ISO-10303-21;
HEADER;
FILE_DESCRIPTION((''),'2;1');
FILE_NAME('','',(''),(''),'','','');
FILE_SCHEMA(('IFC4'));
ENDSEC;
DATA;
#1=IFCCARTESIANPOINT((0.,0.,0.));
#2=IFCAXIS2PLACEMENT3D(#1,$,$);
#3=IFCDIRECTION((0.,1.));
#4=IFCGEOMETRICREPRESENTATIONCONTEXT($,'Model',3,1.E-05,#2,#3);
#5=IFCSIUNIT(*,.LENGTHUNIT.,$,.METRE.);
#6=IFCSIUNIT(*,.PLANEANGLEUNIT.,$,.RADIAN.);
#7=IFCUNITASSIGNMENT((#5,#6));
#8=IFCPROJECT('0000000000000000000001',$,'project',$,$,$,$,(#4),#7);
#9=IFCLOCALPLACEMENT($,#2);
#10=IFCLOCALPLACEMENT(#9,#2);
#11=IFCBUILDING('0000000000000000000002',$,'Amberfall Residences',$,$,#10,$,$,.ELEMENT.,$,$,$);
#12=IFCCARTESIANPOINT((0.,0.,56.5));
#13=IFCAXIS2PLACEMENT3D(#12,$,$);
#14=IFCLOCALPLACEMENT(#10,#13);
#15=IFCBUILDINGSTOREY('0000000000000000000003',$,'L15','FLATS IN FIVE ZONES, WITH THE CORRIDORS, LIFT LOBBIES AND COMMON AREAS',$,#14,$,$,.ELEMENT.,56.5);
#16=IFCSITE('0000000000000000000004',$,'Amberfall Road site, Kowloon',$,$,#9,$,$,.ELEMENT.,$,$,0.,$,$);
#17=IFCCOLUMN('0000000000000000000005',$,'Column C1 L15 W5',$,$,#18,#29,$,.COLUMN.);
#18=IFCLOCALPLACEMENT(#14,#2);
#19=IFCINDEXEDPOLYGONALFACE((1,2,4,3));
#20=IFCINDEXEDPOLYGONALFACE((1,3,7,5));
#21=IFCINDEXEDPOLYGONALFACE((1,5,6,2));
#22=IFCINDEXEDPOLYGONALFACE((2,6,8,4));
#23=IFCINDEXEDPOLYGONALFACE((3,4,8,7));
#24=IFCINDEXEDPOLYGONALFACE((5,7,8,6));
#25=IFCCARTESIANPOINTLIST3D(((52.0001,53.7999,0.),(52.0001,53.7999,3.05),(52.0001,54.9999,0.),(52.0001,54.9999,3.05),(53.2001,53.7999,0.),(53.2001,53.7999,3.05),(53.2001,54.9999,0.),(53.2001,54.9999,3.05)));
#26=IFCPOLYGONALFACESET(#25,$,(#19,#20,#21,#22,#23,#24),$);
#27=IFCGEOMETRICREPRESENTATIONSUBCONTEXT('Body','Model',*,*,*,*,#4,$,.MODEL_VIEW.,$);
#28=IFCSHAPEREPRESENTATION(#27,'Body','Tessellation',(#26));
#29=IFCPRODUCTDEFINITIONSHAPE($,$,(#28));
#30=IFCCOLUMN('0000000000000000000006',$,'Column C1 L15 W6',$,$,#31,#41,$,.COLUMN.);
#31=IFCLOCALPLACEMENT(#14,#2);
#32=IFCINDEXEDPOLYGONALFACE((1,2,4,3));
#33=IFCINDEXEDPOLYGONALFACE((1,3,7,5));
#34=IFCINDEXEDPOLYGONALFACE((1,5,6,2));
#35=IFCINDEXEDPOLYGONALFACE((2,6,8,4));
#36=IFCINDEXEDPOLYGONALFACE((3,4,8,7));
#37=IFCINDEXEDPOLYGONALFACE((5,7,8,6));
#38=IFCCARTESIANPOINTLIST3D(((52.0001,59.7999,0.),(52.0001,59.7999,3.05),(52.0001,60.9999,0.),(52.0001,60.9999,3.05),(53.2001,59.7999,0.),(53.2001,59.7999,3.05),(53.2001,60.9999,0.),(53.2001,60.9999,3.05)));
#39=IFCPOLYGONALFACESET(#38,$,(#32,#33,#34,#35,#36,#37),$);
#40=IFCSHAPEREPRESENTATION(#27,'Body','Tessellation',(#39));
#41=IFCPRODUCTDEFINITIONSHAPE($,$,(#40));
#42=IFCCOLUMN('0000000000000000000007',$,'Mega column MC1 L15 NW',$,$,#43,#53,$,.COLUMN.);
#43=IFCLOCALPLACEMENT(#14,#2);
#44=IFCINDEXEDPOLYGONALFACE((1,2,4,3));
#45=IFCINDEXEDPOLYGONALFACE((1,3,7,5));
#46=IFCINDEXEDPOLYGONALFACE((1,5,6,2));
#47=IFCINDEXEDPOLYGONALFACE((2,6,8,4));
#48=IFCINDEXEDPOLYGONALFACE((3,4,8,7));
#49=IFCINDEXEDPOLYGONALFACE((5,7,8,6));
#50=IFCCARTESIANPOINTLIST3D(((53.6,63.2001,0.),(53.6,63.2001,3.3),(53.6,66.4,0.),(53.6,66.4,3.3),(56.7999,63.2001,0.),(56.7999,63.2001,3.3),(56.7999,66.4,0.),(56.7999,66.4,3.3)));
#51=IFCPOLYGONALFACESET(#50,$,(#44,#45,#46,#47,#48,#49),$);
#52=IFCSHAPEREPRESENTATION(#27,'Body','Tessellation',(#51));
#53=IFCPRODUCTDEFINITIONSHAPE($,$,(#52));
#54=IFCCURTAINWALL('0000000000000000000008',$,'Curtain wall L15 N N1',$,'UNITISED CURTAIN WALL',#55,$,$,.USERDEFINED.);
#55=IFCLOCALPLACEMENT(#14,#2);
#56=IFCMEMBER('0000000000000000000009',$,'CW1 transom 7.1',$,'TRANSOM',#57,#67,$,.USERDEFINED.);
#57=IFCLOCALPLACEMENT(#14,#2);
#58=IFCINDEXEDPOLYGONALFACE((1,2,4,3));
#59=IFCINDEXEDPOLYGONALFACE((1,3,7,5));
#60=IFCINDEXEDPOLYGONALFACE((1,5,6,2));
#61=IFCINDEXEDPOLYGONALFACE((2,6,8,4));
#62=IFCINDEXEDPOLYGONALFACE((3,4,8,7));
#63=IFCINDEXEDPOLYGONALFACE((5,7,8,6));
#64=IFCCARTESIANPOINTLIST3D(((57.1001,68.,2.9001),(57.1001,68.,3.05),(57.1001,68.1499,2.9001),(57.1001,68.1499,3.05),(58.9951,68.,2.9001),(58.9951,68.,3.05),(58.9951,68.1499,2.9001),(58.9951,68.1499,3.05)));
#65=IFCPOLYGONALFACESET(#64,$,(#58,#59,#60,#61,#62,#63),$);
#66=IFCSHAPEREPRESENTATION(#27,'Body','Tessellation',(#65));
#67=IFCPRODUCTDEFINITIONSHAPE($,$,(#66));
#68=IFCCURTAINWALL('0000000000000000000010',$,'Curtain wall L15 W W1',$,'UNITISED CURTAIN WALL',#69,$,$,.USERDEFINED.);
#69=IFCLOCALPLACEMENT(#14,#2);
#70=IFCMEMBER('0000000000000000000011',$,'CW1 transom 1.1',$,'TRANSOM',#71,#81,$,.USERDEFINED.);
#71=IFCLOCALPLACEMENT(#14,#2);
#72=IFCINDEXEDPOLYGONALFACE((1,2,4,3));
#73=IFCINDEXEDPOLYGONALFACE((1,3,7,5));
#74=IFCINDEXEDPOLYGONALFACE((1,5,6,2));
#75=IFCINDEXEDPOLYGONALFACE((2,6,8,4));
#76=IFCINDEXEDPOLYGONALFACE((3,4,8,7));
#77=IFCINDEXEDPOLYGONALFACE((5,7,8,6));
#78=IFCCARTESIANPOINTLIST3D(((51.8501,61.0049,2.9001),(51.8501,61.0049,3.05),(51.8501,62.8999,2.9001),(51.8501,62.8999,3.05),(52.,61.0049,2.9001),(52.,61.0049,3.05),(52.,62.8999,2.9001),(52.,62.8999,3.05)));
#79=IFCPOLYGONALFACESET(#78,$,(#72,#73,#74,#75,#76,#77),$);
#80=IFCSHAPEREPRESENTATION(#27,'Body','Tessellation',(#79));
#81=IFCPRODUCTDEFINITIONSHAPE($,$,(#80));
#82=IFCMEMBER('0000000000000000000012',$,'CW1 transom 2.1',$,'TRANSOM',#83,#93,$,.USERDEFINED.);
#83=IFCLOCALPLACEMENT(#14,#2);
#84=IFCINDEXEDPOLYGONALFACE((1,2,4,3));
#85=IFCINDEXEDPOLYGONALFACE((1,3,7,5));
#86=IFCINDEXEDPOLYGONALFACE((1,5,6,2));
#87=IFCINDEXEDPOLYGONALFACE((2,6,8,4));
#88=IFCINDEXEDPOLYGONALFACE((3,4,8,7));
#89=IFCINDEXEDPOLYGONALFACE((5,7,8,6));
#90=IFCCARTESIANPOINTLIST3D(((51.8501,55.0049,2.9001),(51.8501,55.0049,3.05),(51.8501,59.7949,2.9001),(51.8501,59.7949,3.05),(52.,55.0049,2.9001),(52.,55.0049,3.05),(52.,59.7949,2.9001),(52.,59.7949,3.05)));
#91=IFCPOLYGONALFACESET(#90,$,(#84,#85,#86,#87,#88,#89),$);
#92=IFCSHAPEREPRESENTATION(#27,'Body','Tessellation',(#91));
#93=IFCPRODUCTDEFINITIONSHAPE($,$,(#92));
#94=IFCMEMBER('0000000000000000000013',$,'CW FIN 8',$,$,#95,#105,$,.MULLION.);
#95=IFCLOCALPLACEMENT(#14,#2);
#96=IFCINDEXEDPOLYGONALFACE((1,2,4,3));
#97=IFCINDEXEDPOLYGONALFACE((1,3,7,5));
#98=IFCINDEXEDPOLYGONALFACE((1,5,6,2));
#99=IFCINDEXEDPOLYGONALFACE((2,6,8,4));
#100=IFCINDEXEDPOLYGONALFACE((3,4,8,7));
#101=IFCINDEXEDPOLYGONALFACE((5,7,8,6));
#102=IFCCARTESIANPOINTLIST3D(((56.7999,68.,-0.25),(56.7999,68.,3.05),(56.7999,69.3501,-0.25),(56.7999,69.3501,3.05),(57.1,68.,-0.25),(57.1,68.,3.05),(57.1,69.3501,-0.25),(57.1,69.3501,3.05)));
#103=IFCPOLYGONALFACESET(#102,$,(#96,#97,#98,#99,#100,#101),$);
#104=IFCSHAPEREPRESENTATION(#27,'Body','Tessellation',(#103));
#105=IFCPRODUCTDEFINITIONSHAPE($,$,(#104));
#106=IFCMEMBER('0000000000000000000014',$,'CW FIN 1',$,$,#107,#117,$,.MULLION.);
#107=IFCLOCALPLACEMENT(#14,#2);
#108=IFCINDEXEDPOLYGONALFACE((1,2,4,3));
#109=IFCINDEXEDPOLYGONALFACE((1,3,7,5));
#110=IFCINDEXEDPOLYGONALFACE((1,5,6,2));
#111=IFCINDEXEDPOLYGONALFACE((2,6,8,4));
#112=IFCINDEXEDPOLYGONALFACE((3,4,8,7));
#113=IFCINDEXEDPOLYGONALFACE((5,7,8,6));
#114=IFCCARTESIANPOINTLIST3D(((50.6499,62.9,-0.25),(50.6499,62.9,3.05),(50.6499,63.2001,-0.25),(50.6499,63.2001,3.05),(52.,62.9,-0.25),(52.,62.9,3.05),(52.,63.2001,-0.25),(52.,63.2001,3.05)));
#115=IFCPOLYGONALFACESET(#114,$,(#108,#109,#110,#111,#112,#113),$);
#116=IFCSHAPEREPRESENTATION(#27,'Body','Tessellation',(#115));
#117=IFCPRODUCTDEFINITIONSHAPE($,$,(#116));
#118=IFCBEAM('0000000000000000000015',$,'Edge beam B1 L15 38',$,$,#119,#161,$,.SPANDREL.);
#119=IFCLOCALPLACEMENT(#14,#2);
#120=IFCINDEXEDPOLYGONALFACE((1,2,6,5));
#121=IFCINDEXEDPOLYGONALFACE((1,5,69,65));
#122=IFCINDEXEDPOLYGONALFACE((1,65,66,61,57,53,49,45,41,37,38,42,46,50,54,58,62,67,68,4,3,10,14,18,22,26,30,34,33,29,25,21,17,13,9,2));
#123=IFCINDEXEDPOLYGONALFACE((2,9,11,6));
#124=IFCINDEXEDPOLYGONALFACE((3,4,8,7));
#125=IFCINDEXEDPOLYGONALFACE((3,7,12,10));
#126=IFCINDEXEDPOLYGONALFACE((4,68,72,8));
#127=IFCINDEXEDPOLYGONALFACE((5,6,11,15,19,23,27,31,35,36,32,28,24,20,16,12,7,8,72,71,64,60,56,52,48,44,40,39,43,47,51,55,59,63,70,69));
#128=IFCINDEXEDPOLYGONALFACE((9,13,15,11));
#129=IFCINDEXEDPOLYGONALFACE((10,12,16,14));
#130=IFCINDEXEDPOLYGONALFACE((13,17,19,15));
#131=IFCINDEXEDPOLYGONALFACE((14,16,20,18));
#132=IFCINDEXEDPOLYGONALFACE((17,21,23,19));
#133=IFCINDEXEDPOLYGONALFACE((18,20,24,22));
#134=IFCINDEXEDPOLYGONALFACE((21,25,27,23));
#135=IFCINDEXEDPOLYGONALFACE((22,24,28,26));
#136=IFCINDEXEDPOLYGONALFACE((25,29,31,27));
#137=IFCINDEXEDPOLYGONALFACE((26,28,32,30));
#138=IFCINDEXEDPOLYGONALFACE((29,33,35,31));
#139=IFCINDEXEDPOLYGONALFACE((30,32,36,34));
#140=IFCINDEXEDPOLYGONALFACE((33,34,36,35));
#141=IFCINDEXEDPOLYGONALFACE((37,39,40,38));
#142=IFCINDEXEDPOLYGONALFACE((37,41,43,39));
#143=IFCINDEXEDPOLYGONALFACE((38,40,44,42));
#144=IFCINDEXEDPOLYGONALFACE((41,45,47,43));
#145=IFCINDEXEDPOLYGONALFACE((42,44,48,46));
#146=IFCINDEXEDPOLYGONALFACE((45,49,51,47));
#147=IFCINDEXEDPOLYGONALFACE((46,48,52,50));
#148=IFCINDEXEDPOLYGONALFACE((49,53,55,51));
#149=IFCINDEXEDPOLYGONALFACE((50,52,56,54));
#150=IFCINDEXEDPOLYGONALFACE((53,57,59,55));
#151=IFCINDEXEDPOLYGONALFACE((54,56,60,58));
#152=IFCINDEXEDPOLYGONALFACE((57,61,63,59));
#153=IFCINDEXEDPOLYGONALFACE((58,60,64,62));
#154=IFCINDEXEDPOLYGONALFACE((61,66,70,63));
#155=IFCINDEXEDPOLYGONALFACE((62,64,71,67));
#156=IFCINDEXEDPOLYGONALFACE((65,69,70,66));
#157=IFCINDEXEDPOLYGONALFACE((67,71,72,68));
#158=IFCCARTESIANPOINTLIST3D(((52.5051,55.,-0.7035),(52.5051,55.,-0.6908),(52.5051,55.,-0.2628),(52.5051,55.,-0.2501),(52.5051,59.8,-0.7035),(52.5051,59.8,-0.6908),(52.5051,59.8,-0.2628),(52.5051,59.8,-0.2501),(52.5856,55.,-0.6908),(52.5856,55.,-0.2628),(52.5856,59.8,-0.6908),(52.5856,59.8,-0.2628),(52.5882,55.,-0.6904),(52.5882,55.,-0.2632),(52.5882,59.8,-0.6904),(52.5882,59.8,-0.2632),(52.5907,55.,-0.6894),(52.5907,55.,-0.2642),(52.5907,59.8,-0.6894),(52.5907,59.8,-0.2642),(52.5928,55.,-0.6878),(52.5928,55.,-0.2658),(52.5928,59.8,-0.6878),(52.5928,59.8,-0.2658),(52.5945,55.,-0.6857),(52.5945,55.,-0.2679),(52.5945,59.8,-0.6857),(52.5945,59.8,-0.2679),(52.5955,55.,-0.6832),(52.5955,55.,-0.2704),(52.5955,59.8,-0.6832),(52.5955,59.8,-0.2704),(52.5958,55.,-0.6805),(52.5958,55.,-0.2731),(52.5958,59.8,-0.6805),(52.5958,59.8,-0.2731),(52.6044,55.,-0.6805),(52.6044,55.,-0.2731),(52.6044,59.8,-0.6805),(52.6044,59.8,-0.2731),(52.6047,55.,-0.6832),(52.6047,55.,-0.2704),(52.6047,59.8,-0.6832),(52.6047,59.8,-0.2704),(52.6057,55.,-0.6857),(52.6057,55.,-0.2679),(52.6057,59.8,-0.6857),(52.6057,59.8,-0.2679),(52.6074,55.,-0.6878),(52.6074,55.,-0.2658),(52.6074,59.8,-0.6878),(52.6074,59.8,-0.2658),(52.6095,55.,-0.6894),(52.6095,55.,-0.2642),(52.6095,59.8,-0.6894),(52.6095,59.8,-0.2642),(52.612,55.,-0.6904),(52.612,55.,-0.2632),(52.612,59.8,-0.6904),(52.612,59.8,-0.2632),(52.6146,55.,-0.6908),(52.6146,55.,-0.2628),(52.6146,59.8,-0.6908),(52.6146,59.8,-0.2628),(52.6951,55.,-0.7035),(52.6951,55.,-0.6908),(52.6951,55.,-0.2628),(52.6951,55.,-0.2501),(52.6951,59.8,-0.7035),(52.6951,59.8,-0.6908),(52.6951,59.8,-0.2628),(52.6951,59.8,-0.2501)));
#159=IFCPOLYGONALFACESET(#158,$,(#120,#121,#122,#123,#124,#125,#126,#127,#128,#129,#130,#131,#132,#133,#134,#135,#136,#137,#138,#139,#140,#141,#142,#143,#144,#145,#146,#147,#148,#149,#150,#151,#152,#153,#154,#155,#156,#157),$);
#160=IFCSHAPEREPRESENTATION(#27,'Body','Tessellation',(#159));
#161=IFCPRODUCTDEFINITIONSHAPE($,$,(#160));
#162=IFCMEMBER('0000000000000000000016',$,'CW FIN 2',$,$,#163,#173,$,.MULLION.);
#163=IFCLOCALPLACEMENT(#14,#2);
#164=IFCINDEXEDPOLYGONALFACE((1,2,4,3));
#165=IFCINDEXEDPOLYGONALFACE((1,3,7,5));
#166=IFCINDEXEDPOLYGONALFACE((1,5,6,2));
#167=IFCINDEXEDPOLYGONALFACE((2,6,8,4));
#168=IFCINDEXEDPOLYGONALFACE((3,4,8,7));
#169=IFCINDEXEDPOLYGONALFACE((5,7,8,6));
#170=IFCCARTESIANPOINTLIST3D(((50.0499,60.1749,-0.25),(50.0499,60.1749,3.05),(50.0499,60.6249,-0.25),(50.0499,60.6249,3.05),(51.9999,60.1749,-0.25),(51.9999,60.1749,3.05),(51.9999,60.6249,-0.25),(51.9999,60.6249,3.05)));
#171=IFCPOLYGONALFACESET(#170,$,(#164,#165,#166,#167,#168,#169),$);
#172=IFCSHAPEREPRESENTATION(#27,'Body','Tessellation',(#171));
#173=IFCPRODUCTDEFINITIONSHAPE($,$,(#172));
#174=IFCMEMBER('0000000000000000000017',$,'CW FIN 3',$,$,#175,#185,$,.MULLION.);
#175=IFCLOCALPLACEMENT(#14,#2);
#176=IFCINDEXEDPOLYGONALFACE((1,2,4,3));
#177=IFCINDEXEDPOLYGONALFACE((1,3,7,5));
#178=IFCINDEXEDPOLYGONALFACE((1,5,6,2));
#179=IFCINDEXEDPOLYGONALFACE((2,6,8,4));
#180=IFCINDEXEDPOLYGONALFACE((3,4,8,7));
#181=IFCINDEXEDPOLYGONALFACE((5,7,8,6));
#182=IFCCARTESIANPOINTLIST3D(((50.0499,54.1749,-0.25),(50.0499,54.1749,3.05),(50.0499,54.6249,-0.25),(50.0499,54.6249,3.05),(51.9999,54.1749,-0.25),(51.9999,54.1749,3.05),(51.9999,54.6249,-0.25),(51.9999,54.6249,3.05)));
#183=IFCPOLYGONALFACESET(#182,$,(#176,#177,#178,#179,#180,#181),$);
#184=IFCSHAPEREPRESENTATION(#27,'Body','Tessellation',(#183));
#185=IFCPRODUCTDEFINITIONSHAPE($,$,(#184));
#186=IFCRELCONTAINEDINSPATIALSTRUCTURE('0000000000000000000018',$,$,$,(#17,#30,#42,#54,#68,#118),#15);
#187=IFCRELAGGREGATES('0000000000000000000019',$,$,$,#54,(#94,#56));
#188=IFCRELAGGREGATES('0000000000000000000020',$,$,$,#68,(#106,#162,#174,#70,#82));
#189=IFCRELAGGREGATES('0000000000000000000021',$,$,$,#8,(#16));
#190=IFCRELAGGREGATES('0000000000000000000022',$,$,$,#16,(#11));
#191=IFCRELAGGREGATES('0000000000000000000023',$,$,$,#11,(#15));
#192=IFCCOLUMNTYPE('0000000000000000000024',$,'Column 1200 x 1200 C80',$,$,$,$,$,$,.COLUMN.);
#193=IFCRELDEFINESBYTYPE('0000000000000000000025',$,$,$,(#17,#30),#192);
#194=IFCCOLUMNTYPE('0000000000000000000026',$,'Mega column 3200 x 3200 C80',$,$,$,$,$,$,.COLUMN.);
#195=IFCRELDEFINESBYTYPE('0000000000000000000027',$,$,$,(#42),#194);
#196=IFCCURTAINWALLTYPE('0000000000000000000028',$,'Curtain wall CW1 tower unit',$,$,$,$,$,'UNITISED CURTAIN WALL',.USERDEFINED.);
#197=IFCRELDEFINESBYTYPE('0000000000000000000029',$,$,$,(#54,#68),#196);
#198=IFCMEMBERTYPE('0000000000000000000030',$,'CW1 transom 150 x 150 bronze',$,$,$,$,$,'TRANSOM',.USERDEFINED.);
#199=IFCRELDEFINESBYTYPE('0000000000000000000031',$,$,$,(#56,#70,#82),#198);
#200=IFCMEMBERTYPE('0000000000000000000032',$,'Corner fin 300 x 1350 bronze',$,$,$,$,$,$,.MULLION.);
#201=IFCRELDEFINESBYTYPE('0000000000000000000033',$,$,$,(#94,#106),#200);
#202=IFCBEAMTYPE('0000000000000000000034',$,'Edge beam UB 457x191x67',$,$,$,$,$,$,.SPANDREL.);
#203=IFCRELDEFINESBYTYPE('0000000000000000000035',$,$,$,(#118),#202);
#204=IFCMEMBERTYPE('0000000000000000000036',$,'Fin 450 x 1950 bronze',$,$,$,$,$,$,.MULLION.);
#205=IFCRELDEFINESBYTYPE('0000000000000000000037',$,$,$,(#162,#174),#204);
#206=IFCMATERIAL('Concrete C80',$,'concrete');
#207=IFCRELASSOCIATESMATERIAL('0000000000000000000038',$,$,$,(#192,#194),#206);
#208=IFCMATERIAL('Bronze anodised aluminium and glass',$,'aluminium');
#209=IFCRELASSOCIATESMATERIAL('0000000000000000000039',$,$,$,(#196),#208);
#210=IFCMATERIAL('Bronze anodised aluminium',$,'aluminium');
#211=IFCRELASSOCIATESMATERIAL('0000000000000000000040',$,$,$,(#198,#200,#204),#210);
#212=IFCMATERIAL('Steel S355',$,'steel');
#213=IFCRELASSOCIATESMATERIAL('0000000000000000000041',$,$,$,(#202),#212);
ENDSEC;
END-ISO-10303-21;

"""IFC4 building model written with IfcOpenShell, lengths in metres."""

from ifc_helpers import new_model, si_unit, direction, frame, origin, origin_2d, place, context, subcontext, project, spatial, rectangle, i_section, extrude, material, material_profile, profile_set, type_object, element, aggregate, save


model = new_model("IFC4")

# Units and contexts
model_context = context("Model", 3, precision=1e-05, world=origin(), true_north=direction((0.0, 1.0)))
body_context = subcontext(model_context, "Body", "Model", "MODEL_VIEW")
ifc_project = project(units=[si_unit("LENGTHUNIT", "METRE"), si_unit("PLANEANGLEUNIT", "RADIAN")], contexts=[model_context])

# Site, building, storey
site_placement = place(None, origin())
site = spatial("IfcSite", under=ifc_project, at=site_placement, Name="Amberfall Road site, Kowloon", CompositionType="ELEMENT", RefElevation=0.0)
building_placement = place(site_placement, origin())
building = spatial("IfcBuilding", under=site, at=building_placement, Name="Amberfall Residences", CompositionType="ELEMENT")
storey_placement = place(building_placement, frame((0.0, 0.0, 56.5)))
storey = spatial("IfcBuildingStorey", under=building, at=storey_placement, Name="L15", Description="FLATS IN FIVE ZONES, WITH THE CORRIDORS, LIFT LOBBIES AND COMMON AREAS", CompositionType="ELEMENT", Elevation=56.5)

# Columns
ifc_material_1 = material(Name="Concrete C80", Category="concrete")
ifc_material_profile_1 = material_profile(ifc_material_1, rectangle(XDim=1.2, YDim=1.2, at=origin_2d()), Name="Column 1200 x 1200 C80")
ifc_profile_set_1 = profile_set([ifc_material_profile_1], Name="Concrete C80")
column_type_1 = type_object("IfcColumnType", Name="Column 1200 x 1200 C80", PredefinedType="COLUMN", material=ifc_profile_set_1)
for number, where, z_axis, x_axis, name in (
    (1, (52.6001, 54.3999, 0.0), (0.0, 0.0, 1.0), (1.0, 0.0, 0.0), "Column C1 L15 W5"),
    (2, (52.6001, 60.3999, 0.0), (0.0, 0.0, 1.0), (1.0, 0.0, 0.0), "Column C1 L15 W6"),
):
    element("IfcColumn", number, at=place(storey_placement, frame(where, z_axis=z_axis, x_axis=x_axis)), inside=storey, type_object=column_type_1, Name=name, PredefinedType="COLUMN", context=body_context, shape_type="SweptSolid", body=[
        extrude(rectangle(XDim=1.2, YDim=1.2, at=origin_2d()), origin(), (0.0, 0.0, 1.0), 3.05),
    ])
ifc_material_profile_2 = material_profile(ifc_material_1, rectangle(XDim=3.2, YDim=3.2, at=origin_2d()), Name="Mega column 3200 x 3200 C80")
ifc_profile_set_2 = profile_set([ifc_material_profile_2], Name="Concrete C80")
column_type_2 = type_object("IfcColumnType", Name="Mega column 3200 x 3200 C80", PredefinedType="COLUMN", material=ifc_profile_set_2)
column_placement = place(storey_placement, frame((55.2, 64.8, 0.0), z_axis=(0.0, 0.0, 1.0), x_axis=(1.0, 0.0, 0.0)))
element("IfcColumn", 3, at=column_placement, inside=storey, type_object=column_type_2, Name="Mega column MC1 L15 NW", PredefinedType="COLUMN", context=body_context, shape_type="SweptSolid", body=[
    extrude(rectangle(XDim=3.2, YDim=3.2, at=origin_2d()), origin(), (0.0, 0.0, 1.0), 3.3),
])

# Curtain wall, member
ifc_material_2 = material(Name="Bronze anodised aluminium and glass", Category="aluminium")
curtain_wall_type = type_object("IfcCurtainWallType", Name="Curtain wall CW1 tower unit", ElementType="UNITISED CURTAIN WALL", PredefinedType="USERDEFINED", material=ifc_material_2)
curtain_wall_1_placement = place(storey_placement, origin())
curtain_wall_1 = element("IfcCurtainWall", 4, at=curtain_wall_1_placement, inside=storey, type_object=curtain_wall_type, Name="Curtain wall L15 N N1", ObjectType="UNITISED CURTAIN WALL", PredefinedType="USERDEFINED")
ifc_material_3 = material(Name="Bronze anodised aluminium", Category="aluminium")
ifc_material_profile_3 = material_profile(ifc_material_3, rectangle(XDim=0.1499, YDim=0.1499, at=origin_2d()), Name="CW1 transom 150 x 150 bronze")
ifc_profile_set_3 = profile_set([ifc_material_profile_3], Name="Bronze anodised aluminium")
member_type_1 = type_object("IfcMemberType", Name="CW1 transom 150 x 150 bronze", ElementType="TRANSOM", PredefinedType="USERDEFINED", material=ifc_profile_set_3)
member_1_placement = place(storey_placement, frame((58.9951, 68.075, 2.9751), z_axis=(-1.0, 0.0, 0.0), x_axis=(0.0, -1.0, 0.0)))
member_1 = element("IfcMember", 5, at=member_1_placement, type_object=member_type_1, Name="CW1 transom 7.1", ObjectType="TRANSOM", PredefinedType="USERDEFINED", context=body_context, shape_type="SweptSolid", body=[
    extrude(rectangle(XDim=0.1499, YDim=0.1499, at=origin_2d()), origin(), (0.0, 0.0, 1.0), 1.895),
])

# Curtain wall, members
curtain_wall_2_placement = place(storey_placement, origin())
curtain_wall_2 = element("IfcCurtainWall", 6, at=curtain_wall_2_placement, inside=storey, type_object=curtain_wall_type, Name="Curtain wall L15 W W1", ObjectType="UNITISED CURTAIN WALL", PredefinedType="USERDEFINED")
member_2_placement = place(storey_placement, frame((51.925, 62.8999, 2.9751), z_axis=(0.0, -1.0, 0.0), x_axis=(1.0, 0.0, 0.0)))
member_2 = element("IfcMember", 7, at=member_2_placement, type_object=member_type_1, Name="CW1 transom 1.1", ObjectType="TRANSOM", PredefinedType="USERDEFINED", context=body_context, shape_type="SweptSolid", body=[
    extrude(rectangle(XDim=0.1499, YDim=0.1499, at=origin_2d()), origin(), (0.0, 0.0, 1.0), 1.895),
])
member_3_placement = place(storey_placement, frame((51.925, 59.7949, 2.9751), z_axis=(0.0, -1.0, 0.0), x_axis=(1.0, 0.0, 0.0)))
member_3 = element("IfcMember", 8, at=member_3_placement, type_object=member_type_1, Name="CW1 transom 2.1", ObjectType="TRANSOM", PredefinedType="USERDEFINED", context=body_context, shape_type="SweptSolid", body=[
    extrude(rectangle(XDim=0.1499, YDim=0.1499, at=origin_2d()), origin(), (0.0, 0.0, 1.0), 4.79),
])

# Members
ifc_material_profile_4 = material_profile(ifc_material_3, rectangle(XDim=1.3501, YDim=0.3, at=origin_2d()), Name="Corner fin 300 x 1350 bronze")
ifc_profile_set_4 = profile_set([ifc_material_profile_4], Name="Bronze anodised aluminium")
member_type_2 = type_object("IfcMemberType", Name="Corner fin 300 x 1350 bronze", PredefinedType="MULLION", material=ifc_profile_set_4)
member_4_placement = place(storey_placement, frame((56.95, 68.675, -0.25), z_axis=(0.0, 0.0, 1.0), x_axis=(0.0, -1.0, 0.0)))
member_4 = element("IfcMember", 9, at=member_4_placement, type_object=member_type_2, Name="CW FIN 8", PredefinedType="MULLION", context=body_context, shape_type="SweptSolid", body=[
    extrude(rectangle(XDim=1.3501, YDim=0.3, at=origin_2d()), origin(), (0.0, 0.0, 1.0), 3.3),
])
member_5_placement = place(storey_placement, frame((51.325, 63.05, -0.25), z_axis=(0.0, 0.0, 1.0), x_axis=(1.0, 0.0, 0.0)))
member_5 = element("IfcMember", 10, at=member_5_placement, type_object=member_type_2, Name="CW FIN 1", PredefinedType="MULLION", context=body_context, shape_type="SweptSolid", body=[
    extrude(rectangle(XDim=1.3501, YDim=0.3, at=origin_2d()), origin(), (0.0, 0.0, 1.0), 3.3),
])

# Beam
ifc_material_4 = material(Name="Steel S355", Category="steel")
ifc_material_profile_5 = material_profile(ifc_material_4, i_section(OverallWidth=0.1899, OverallDepth=0.4534, WebThickness=0.0085, FlangeThickness=0.0127, FilletRadius=0.0103, at=origin_2d()), Name="UB 457x191x67")
ifc_profile_set_5 = profile_set([ifc_material_profile_5], Name="Steel S355")
beam_type_1 = type_object("IfcBeamType", Name="Edge beam UB 457x191x67", PredefinedType="SPANDREL", material=ifc_profile_set_5)
beam_1_placement = place(storey_placement, frame((52.6001, 55.0, -0.4768), z_axis=(0.0, 1.0, 0.0), x_axis=(-1.0, 0.0, 0.0)))
element("IfcBeam", 11, at=beam_1_placement, inside=storey, type_object=beam_type_1, Name="Edge beam B1 L15 38", PredefinedType="SPANDREL", context=body_context, shape_type="SweptSolid", body=[
    extrude(i_section(OverallWidth=0.1899, OverallDepth=0.4534, WebThickness=0.0085, FlangeThickness=0.0127, FilletRadius=0.0103, at=origin_2d()), origin(), (0.0, 0.0, 1.0), 4.8),
])

# Members
ifc_material_profile_6 = material_profile(ifc_material_3, rectangle(XDim=1.95, YDim=0.45, at=origin_2d()), Name="Fin 450 x 1950 bronze")
ifc_profile_set_6 = profile_set([ifc_material_profile_6], Name="Bronze anodised aluminium")
member_type_3 = type_object("IfcMemberType", Name="Fin 450 x 1950 bronze", PredefinedType="MULLION", material=ifc_profile_set_6)
member_6_placement = place(storey_placement, frame((51.0249, 60.3999, -0.25), z_axis=(0.0, 0.0, 1.0), x_axis=(1.0, 0.0, 0.0)))
member_6 = element("IfcMember", 12, at=member_6_placement, type_object=member_type_3, Name="CW FIN 2", PredefinedType="MULLION", context=body_context, shape_type="SweptSolid", body=[
    extrude(rectangle(XDim=1.95, YDim=0.45, at=origin_2d()), origin(), (0.0, 0.0, 1.0), 3.3),
])
member_7_placement = place(storey_placement, frame((51.0249, 54.3999, -0.25), z_axis=(0.0, 0.0, 1.0), x_axis=(1.0, 0.0, 0.0)))
member_7 = element("IfcMember", 13, at=member_7_placement, type_object=member_type_3, Name="CW FIN 3", PredefinedType="MULLION", context=body_context, shape_type="SweptSolid", body=[
    extrude(rectangle(XDim=1.95, YDim=0.45, at=origin_2d()), origin(), (0.0, 0.0, 1.0), 3.3),
])

aggregate(curtain_wall_1, [member_4, member_1])
aggregate(curtain_wall_2, [member_5, member_6, member_7, member_2, member_3])

save(model, "model.ifc")
